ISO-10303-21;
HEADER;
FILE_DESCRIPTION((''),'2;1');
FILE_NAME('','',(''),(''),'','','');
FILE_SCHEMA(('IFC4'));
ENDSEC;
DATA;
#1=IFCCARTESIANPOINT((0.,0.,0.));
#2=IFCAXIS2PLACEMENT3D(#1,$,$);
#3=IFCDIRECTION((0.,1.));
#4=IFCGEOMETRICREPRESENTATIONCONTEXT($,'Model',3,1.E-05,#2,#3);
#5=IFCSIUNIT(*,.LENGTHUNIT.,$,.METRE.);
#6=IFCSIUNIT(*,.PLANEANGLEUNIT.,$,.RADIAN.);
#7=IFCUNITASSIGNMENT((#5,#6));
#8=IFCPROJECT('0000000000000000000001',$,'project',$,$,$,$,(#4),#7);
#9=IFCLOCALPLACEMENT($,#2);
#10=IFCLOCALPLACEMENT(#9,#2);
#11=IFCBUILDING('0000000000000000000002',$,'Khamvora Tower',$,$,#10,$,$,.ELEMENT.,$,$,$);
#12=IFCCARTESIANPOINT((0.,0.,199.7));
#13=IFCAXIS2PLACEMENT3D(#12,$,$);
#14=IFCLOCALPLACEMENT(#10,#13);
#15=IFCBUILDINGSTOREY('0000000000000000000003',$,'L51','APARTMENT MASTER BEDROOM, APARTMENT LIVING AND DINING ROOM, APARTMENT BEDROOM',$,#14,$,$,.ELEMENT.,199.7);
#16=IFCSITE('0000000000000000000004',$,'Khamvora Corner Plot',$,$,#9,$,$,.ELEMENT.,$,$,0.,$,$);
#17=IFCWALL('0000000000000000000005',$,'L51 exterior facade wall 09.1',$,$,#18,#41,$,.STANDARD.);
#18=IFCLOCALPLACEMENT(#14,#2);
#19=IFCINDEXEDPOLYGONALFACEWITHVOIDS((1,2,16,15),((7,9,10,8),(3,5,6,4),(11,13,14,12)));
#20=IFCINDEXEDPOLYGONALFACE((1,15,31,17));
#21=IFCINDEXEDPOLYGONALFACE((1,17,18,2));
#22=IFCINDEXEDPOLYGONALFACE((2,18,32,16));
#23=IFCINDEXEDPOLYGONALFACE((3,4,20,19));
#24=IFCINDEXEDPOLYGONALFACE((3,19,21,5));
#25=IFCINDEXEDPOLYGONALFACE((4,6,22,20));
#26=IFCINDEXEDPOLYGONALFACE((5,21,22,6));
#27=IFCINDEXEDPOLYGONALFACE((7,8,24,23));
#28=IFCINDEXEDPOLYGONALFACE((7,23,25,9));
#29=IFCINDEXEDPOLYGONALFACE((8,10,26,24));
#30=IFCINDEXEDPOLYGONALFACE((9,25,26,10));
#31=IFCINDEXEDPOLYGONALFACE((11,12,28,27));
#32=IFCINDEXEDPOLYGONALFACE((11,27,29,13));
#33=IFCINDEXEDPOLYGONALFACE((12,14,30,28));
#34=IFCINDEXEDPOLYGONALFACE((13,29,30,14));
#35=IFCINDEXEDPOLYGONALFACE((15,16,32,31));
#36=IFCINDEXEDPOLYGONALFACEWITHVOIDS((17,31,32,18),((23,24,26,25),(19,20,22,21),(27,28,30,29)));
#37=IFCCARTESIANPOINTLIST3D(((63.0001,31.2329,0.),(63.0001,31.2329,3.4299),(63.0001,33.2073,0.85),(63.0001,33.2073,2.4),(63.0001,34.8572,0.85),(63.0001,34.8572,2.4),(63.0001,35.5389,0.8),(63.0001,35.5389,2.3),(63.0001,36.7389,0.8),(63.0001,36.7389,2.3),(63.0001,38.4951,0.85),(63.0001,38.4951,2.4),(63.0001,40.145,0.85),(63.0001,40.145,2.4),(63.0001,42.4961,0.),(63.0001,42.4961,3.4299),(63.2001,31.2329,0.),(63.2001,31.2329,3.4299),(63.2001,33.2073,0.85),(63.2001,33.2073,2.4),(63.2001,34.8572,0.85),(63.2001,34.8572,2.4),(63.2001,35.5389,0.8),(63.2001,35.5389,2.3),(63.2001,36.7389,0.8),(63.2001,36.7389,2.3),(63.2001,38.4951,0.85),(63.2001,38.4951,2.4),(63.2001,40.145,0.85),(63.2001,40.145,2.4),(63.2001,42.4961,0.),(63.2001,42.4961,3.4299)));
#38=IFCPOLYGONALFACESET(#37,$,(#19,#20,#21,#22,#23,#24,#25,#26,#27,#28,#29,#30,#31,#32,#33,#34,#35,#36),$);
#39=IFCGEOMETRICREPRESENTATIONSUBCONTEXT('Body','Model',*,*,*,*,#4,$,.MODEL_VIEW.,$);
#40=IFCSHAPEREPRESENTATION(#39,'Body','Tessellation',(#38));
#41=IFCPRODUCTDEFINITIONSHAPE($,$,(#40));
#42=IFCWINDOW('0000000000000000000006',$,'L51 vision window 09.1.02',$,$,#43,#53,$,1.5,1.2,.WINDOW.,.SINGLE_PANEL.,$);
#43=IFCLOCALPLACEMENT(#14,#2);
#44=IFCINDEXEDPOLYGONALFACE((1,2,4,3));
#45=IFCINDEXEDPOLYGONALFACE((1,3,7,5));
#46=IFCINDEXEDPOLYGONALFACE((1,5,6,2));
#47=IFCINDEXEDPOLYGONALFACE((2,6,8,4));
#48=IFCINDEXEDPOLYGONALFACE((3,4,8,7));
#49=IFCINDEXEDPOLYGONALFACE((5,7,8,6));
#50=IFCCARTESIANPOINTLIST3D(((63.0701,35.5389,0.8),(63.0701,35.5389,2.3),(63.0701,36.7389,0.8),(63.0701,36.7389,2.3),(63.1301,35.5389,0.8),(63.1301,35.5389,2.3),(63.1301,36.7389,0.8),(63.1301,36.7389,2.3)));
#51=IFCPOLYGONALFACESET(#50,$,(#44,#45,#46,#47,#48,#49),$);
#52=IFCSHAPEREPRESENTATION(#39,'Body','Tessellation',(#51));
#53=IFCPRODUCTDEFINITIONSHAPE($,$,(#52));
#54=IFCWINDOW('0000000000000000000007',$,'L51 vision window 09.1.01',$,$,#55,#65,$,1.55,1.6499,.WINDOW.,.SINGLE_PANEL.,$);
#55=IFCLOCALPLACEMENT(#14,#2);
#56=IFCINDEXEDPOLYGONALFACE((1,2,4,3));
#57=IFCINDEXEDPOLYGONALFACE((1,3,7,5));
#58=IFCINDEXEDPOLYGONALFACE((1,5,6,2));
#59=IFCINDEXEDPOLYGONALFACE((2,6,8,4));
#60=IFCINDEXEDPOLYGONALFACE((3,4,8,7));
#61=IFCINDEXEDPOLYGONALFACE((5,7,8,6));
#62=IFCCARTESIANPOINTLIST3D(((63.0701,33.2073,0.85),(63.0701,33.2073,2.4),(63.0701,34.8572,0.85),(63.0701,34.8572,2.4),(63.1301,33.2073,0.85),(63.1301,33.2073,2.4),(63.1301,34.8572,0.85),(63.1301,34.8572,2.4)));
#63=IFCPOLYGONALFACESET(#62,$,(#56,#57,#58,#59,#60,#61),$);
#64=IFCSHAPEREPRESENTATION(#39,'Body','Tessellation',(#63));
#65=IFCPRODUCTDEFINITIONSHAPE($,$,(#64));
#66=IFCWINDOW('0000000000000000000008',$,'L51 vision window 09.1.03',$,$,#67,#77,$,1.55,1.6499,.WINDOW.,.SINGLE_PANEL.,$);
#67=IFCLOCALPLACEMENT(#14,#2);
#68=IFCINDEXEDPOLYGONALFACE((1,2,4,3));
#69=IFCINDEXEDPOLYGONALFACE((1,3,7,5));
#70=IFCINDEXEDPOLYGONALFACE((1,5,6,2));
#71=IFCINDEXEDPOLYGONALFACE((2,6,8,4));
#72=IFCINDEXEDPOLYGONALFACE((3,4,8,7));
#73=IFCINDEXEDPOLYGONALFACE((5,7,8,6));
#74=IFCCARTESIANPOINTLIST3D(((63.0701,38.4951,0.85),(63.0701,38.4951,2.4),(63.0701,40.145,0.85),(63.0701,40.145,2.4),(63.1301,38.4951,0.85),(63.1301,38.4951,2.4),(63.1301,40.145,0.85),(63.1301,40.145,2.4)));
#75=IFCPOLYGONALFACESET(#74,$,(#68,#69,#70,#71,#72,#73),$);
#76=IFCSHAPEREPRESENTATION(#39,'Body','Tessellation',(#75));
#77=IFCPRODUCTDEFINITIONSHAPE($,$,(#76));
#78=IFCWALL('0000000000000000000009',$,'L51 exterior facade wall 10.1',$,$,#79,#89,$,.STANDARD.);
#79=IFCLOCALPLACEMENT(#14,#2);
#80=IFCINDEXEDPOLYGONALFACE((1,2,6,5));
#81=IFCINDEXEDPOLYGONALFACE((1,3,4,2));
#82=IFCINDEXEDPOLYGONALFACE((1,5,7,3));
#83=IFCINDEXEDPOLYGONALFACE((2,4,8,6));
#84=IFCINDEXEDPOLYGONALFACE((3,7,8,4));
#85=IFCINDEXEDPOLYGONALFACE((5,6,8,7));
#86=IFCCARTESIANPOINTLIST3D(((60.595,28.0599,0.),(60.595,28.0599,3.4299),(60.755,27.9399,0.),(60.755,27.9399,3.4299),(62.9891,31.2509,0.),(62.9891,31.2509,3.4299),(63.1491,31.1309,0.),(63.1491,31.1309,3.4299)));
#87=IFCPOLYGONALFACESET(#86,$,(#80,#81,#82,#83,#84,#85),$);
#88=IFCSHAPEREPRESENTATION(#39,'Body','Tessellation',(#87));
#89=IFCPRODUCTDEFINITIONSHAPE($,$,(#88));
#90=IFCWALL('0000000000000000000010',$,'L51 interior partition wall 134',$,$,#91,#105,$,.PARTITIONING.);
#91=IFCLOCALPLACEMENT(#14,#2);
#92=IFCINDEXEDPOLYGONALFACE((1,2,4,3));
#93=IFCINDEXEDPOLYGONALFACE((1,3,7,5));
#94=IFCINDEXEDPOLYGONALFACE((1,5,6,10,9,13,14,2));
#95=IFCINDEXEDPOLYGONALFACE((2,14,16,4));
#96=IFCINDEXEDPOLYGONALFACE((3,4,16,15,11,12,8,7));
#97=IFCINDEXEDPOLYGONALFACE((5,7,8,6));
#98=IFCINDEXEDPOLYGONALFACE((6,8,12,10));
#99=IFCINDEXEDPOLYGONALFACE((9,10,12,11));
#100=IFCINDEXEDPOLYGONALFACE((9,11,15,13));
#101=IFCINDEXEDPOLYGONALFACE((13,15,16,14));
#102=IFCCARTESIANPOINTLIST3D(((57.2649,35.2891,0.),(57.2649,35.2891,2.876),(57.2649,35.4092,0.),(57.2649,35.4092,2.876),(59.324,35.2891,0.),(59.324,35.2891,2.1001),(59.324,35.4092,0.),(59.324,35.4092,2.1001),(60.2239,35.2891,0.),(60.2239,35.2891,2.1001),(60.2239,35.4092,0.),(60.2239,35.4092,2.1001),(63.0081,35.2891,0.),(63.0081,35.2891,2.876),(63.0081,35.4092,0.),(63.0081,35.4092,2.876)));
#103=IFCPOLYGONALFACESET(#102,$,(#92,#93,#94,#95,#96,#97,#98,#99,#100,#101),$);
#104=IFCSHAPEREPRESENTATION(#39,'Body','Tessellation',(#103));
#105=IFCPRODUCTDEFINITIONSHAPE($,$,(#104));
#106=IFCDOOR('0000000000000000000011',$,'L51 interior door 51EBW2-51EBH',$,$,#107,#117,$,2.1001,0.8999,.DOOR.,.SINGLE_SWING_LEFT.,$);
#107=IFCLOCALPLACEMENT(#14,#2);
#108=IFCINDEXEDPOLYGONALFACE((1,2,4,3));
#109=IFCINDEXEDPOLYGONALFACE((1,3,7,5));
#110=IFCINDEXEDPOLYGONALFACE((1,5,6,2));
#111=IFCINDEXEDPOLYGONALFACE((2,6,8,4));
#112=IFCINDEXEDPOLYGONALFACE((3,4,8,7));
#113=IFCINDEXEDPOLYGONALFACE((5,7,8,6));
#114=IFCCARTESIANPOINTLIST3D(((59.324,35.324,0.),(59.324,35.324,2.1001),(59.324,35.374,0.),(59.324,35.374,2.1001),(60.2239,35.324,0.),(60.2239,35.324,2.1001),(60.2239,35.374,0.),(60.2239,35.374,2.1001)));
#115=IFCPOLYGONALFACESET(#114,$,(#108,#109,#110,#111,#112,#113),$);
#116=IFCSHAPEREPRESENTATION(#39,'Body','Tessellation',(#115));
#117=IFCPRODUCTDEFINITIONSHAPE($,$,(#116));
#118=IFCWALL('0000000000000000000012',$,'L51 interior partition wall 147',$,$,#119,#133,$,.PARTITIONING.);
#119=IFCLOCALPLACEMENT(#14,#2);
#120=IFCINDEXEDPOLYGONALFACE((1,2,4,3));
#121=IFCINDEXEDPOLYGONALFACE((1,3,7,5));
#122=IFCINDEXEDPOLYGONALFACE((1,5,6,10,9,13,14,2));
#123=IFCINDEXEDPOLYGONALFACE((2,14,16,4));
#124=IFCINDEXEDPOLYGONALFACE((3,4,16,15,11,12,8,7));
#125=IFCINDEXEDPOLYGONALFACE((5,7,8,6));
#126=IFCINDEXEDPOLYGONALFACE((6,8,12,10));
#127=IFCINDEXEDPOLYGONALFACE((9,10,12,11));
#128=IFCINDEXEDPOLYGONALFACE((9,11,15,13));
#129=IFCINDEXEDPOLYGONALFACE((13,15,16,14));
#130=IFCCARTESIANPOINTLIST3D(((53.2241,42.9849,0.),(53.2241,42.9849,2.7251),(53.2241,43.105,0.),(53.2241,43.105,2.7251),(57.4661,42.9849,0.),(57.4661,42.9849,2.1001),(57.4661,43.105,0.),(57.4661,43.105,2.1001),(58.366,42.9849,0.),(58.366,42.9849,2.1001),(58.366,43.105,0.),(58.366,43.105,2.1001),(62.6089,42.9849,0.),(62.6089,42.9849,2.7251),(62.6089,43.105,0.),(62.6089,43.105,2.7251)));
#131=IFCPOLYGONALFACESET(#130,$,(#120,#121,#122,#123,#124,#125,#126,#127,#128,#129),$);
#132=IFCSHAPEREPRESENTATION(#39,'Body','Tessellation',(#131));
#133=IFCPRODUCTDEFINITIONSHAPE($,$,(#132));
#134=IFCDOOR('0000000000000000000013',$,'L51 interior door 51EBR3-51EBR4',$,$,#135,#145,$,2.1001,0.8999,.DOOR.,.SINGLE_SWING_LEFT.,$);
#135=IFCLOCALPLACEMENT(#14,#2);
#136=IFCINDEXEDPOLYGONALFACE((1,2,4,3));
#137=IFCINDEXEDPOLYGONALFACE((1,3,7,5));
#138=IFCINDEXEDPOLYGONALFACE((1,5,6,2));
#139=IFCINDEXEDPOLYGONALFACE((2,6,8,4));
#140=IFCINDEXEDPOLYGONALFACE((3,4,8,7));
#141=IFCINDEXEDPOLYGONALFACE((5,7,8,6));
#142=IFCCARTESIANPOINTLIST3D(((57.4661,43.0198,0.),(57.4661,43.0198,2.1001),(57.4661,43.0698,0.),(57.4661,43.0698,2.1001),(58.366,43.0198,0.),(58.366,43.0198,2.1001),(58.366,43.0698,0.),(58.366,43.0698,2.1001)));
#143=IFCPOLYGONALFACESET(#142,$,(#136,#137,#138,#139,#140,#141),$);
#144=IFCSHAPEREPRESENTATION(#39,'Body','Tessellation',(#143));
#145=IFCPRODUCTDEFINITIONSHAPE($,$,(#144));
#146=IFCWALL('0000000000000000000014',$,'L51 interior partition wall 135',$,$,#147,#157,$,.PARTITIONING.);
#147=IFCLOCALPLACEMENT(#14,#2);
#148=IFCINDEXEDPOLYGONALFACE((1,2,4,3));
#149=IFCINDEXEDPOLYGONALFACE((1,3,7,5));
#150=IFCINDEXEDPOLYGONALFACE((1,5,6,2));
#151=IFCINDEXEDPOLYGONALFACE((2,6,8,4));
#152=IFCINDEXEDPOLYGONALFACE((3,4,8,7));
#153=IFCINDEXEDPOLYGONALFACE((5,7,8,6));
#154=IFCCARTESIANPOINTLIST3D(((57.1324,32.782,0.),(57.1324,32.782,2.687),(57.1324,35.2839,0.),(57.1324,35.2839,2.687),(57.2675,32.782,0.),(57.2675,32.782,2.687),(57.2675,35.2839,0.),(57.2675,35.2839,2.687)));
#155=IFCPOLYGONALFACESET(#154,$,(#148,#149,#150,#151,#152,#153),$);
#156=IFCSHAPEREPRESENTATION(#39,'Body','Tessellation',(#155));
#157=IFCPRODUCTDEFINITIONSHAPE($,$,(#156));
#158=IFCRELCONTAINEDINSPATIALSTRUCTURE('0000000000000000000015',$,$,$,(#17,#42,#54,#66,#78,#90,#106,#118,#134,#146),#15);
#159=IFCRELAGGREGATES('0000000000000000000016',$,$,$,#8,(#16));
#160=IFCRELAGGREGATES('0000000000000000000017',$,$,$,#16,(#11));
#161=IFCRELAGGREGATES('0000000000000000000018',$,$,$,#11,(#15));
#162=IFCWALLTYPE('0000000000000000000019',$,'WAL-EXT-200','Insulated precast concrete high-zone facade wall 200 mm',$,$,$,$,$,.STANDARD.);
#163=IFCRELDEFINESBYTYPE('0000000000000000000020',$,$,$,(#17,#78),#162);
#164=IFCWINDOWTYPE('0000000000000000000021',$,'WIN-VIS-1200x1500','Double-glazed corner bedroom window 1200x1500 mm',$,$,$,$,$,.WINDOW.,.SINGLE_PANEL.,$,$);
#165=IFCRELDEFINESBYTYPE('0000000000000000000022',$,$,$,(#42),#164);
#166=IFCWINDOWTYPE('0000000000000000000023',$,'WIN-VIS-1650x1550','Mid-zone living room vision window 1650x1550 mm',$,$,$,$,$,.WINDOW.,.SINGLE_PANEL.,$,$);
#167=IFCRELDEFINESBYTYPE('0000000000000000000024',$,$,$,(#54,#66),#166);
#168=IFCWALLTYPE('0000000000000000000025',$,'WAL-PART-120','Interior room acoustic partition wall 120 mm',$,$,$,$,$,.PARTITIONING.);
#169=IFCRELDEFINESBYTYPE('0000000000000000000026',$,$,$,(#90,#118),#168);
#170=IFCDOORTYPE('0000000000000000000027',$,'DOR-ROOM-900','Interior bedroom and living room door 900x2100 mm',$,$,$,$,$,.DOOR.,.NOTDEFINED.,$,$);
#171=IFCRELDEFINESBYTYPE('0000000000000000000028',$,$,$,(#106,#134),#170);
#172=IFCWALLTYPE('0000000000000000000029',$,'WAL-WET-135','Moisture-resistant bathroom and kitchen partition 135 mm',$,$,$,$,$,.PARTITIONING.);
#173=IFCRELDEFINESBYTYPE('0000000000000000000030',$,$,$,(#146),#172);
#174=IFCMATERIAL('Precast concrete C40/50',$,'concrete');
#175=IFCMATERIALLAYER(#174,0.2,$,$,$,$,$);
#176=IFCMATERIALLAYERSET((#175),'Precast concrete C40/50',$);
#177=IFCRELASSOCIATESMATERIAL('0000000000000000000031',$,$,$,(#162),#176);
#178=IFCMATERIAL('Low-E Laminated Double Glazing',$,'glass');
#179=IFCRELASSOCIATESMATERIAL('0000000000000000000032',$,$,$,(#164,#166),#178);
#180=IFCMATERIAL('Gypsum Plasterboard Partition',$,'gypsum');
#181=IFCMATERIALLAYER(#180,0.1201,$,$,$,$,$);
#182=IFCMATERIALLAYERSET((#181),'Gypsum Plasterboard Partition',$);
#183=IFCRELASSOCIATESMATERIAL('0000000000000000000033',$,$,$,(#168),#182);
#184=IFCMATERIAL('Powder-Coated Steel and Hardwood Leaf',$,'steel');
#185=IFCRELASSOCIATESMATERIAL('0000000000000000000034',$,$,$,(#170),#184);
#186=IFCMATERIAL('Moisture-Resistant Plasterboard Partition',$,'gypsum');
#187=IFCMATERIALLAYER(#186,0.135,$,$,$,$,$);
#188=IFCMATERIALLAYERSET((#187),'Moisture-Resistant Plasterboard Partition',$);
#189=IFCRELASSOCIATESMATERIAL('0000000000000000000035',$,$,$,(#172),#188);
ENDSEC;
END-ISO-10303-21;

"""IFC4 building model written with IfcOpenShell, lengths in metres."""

from ifc_helpers import new_model, si_unit, direction, frame, frame_2d, origin, place, context, subcontext, project, spatial, rectangle, extrude, material, layer, layer_set, type_object, element, fill, save


model = new_model("IFC4")

# Units and contexts
model_context = context("Model", 3, precision=1e-05, world=origin(), true_north=direction((0.0, 1.0)))
body_context = subcontext(model_context, "Body", "Model", "MODEL_VIEW")
ifc_project = project(units=[si_unit("LENGTHUNIT", "METRE"), si_unit("PLANEANGLEUNIT", "RADIAN")], contexts=[model_context])

# Site, building, storey
site_placement = place(None, origin())
site = spatial("IfcSite", under=ifc_project, at=site_placement, Name="Khamvora Corner Plot", CompositionType="ELEMENT", RefElevation=0.0)
building_placement = place(site_placement, origin())
building = spatial("IfcBuilding", under=site, at=building_placement, Name="Khamvora Tower", CompositionType="ELEMENT")
storey_placement = place(building_placement, frame((0.0, 0.0, 199.7)))
storey = spatial("IfcBuildingStorey", under=building, at=storey_placement, Name="L51", Description="APARTMENT MASTER BEDROOM, APARTMENT LIVING AND DINING ROOM, APARTMENT BEDROOM", CompositionType="ELEMENT", Elevation=199.7)

# Shared definitions
ifc_material_1 = material(Name="Powder-Coated Steel and Hardwood Leaf", Category="steel")

# Shared definitions
ifc_material_2 = material(Name="Precast concrete C40/50", Category="concrete")
ifc_layer_1 = layer(ifc_material_2, 0.2)
ifc_layer_set_1 = layer_set([ifc_layer_1], Name="Precast concrete C40/50")
wall_type_1 = type_object("IfcWallType", Name="WAL-EXT-200", Description="Insulated precast concrete high-zone facade wall 200 mm", PredefinedType="STANDARD", material=ifc_layer_set_1)

# Wall, openings, windows
wall_1_placement = place(storey_placement, frame((63.1001, 42.4961, 0.0), z_axis=(0.0, 0.0, 1.0), x_axis=(0.0, -1.0, 0.0)))
wall_1 = element("IfcWall", 1, at=wall_1_placement, inside=storey, type_object=wall_type_1, Name="L51 exterior facade wall 09.1", PredefinedType="STANDARD", context=body_context, shape_type="SweptSolid", body=[
    extrude(rectangle(XDim=11.2632, YDim=0.2, at=frame_2d((5.6316, 0.0))), origin(), (0.0, 0.0, 1.0), 3.4299),
])
opening_1_placement = place(wall_1_placement, frame((7.6389, 0.0, 0.8501)))
opening_1 = element("IfcOpeningElement", 2, at=opening_1_placement, cuts=wall_1, PredefinedType="OPENING", context=body_context, shape_type="SweptSolid", body=[
    extrude(rectangle(XDim=1.6499, YDim=1.55, at=frame_2d((0.825, 0.7749))), frame((0.0, 0.1099, 0.0), z_axis=(0.0, -1.0, 0.0), x_axis=(1.0, 0.0, 0.0)), (0.0, 0.0, 1.0), 0.22),
])
opening_2_placement = place(wall_1_placement, frame((5.7571, 0.0, 0.8)))
opening_2 = element("IfcOpeningElement", 3, at=opening_2_placement, cuts=wall_1, PredefinedType="OPENING", context=body_context, shape_type="SweptSolid", body=[
    extrude(rectangle(XDim=1.2, YDim=1.5, at=frame_2d((0.6001, 0.75))), frame((0.0, 0.1099, 0.0), z_axis=(0.0, -1.0, 0.0), x_axis=(1.0, 0.0, 0.0)), (0.0, 0.0, 1.0), 0.22),
])
opening_3_placement = place(wall_1_placement, frame((2.3511, 0.0, 0.8501)))
opening_3 = element("IfcOpeningElement", 4, at=opening_3_placement, cuts=wall_1, PredefinedType="OPENING", context=body_context, shape_type="SweptSolid", body=[
    extrude(rectangle(XDim=1.6499, YDim=1.55, at=frame_2d((0.825, 0.7749))), frame((0.0, 0.1099, 0.0), z_axis=(0.0, -1.0, 0.0), x_axis=(1.0, 0.0, 0.0)), (0.0, 0.0, 1.0), 0.22),
])
ifc_material_3 = material(Name="Low-E Laminated Double Glazing", Category="glass")
window_type_1 = type_object("IfcWindowType", Name="WIN-VIS-1200x1500", Description="Double-glazed corner bedroom window 1200x1500 mm", PartitioningType="SINGLE_PANEL", PredefinedType="WINDOW", material=ifc_material_3)
window_1_placement = place(opening_2_placement, origin())
window_1 = element("IfcWindow", 5, at=window_1_placement, inside=storey, type_object=window_type_1, Name="L51 vision window 09.1.02", OverallHeight=1.5, OverallWidth=1.2, PartitioningType="SINGLE_PANEL", PredefinedType="WINDOW", context=body_context, shape_type="SweptSolid", body=[
    extrude(rectangle(XDim=1.2, YDim=1.5, at=frame_2d((0.6001, 0.75))), frame((0.0, 0.03, 0.0), z_axis=(0.0, -1.0, 0.0), x_axis=(1.0, 0.0, 0.0)), (0.0, 0.0, 1.0), 0.0601),
])
fill(opening_2, window_1)
window_type_2 = type_object("IfcWindowType", Name="WIN-VIS-1650x1550", Description="Mid-zone living room vision window 1650x1550 mm", PartitioningType="SINGLE_PANEL", PredefinedType="WINDOW", material=ifc_material_3)
window_2_placement = place(opening_1_placement, origin())
window_2 = element("IfcWindow", 6, at=window_2_placement, inside=storey, type_object=window_type_2, Name="L51 vision window 09.1.01", OverallHeight=1.55, OverallWidth=1.6499, PartitioningType="SINGLE_PANEL", PredefinedType="WINDOW", context=body_context, shape_type="SweptSolid", body=[
    extrude(rectangle(XDim=1.6499, YDim=1.55, at=frame_2d((0.825, 0.7749))), frame((0.0, 0.03, 0.0), z_axis=(0.0, -1.0, 0.0), x_axis=(1.0, 0.0, 0.0)), (0.0, 0.0, 1.0), 0.0601),
])
fill(opening_1, window_2)
window_3_placement = place(opening_3_placement, origin())
window_3 = element("IfcWindow", 7, at=window_3_placement, inside=storey, type_object=window_type_2, Name="L51 vision window 09.1.03", OverallHeight=1.55, OverallWidth=1.6499, PartitioningType="SINGLE_PANEL", PredefinedType="WINDOW", context=body_context, shape_type="SweptSolid", body=[
    extrude(rectangle(XDim=1.6499, YDim=1.55, at=frame_2d((0.825, 0.7749))), frame((0.0, 0.03, 0.0), z_axis=(0.0, -1.0, 0.0), x_axis=(1.0, 0.0, 0.0)), (0.0, 0.0, 1.0), 0.0601),
])
fill(opening_3, window_3)

# Wall
wall_2_placement = place(storey_placement, frame((63.0691, 31.1909, 0.0), z_axis=(0.0, 0.0, 1.0), x_axis=(-0.600137, -0.799897, 0.0)))
element("IfcWall", 8, at=wall_2_placement, inside=storey, type_object=wall_type_1, Name="L51 exterior facade wall 10.1", PredefinedType="STANDARD", context=body_context, shape_type="SweptSolid", body=[
    extrude(rectangle(XDim=3.9893, YDim=0.2, at=frame_2d((1.9946, 0.0))), origin(), (0.0, 0.0, 1.0), 3.4299),
])

# Walls, openings, doors
ifc_material_4 = material(Name="Gypsum Plasterboard Partition", Category="gypsum")
ifc_layer_2 = layer(ifc_material_4, 0.1201)
ifc_layer_set_2 = layer_set([ifc_layer_2], Name="Gypsum Plasterboard Partition")
wall_type_2 = type_object("IfcWallType", Name="WAL-PART-120", Description="Interior room acoustic partition wall 120 mm", PredefinedType="PARTITIONING", material=ifc_layer_set_2)
wall_3_placement = place(storey_placement, frame((57.2649, 35.3491, 0.0), z_axis=(0.0, 0.0, 1.0), x_axis=(1.0, 0.0, 0.0)))
wall_3 = element("IfcWall", 9, at=wall_3_placement, inside=storey, type_object=wall_type_2, Name="L51 interior partition wall 134", PredefinedType="PARTITIONING", context=body_context, shape_type="SweptSolid", body=[
    extrude(rectangle(XDim=5.7432, YDim=0.1201, at=frame_2d((2.8716, 0.0))), origin(), (0.0, 0.0, 1.0), 2.876),
])
opening_4_placement = place(wall_3_placement, frame((2.0591, 0.0, 0.0)))
opening_4 = element("IfcOpeningElement", 10, at=opening_4_placement, cuts=wall_3, PredefinedType="OPENING", context=body_context, shape_type="SweptSolid", body=[
    extrude(rectangle(XDim=0.8999, YDim=2.1001, at=frame_2d((0.45, 1.05))), frame((0.0, 0.0701, 0.0), z_axis=(0.0, -1.0, 0.0), x_axis=(1.0, 0.0, 0.0)), (0.0, 0.0, 1.0), 0.1401),
])
door_type_1 = type_object("IfcDoorType", Name="DOR-ROOM-900", Description="Interior bedroom and living room door 900x2100 mm", OperationType="NOTDEFINED", PredefinedType="DOOR", material=ifc_material_1)
door_1_placement = place(opening_4_placement, origin())
door_1 = element("IfcDoor", 11, at=door_1_placement, inside=storey, type_object=door_type_1, Name="L51 interior door 51EBW2-51EBH", OperationType="SINGLE_SWING_LEFT", OverallHeight=2.1001, OverallWidth=0.8999, PredefinedType="DOOR", context=body_context, shape_type="SweptSolid", body=[
    extrude(rectangle(XDim=0.8999, YDim=2.1001, at=frame_2d((0.45, 1.05))), frame((0.0, 0.0249, 0.0), z_axis=(0.0, -1.0, 0.0), x_axis=(1.0, 0.0, 0.0)), (0.0, 0.0, 1.0), 0.05),
])
fill(opening_4, door_1)
wall_4_placement = place(storey_placement, frame((53.2241, 43.0449, 0.0), z_axis=(0.0, 0.0, 1.0), x_axis=(1.0, 0.0, 0.0)))
wall_4 = element("IfcWall", 12, at=wall_4_placement, inside=storey, type_object=wall_type_2, Name="L51 interior partition wall 147", PredefinedType="PARTITIONING", context=body_context, shape_type="SweptSolid", body=[
    extrude(rectangle(XDim=9.3848, YDim=0.1201, at=frame_2d((4.6924, 0.0))), origin(), (0.0, 0.0, 1.0), 2.7251),
])
opening_5_placement = place(wall_4_placement, frame((4.2419, 0.0, 0.0)))
opening_5 = element("IfcOpeningElement", 13, at=opening_5_placement, cuts=wall_4, PredefinedType="OPENING", context=body_context, shape_type="SweptSolid", body=[
    extrude(rectangle(XDim=0.8999, YDim=2.1001, at=frame_2d((0.45, 1.05))), frame((0.0, 0.0701, 0.0), z_axis=(0.0, -1.0, 0.0), x_axis=(1.0, 0.0, 0.0)), (0.0, 0.0, 1.0), 0.1401),
])
door_2_placement = place(opening_5_placement, origin())
door_2 = element("IfcDoor", 14, at=door_2_placement, inside=storey, type_object=door_type_1, Name="L51 interior door 51EBR3-51EBR4", OperationType="SINGLE_SWING_LEFT", OverallHeight=2.1001, OverallWidth=0.8999, PredefinedType="DOOR", context=body_context, shape_type="SweptSolid", body=[
    extrude(rectangle(XDim=0.8999, YDim=2.1001, at=frame_2d((0.45, 1.05))), frame((0.0, 0.0249, 0.0), z_axis=(0.0, -1.0, 0.0), x_axis=(1.0, 0.0, 0.0)), (0.0, 0.0, 1.0), 0.05),
])
fill(opening_5, door_2)

# Wall
ifc_material_5 = material(Name="Moisture-Resistant Plasterboard Partition", Category="gypsum")
ifc_layer_3 = layer(ifc_material_5, 0.135)
ifc_layer_set_3 = layer_set([ifc_layer_3], Name="Moisture-Resistant Plasterboard Partition")
wall_type_3 = type_object("IfcWallType", Name="WAL-WET-135", Description="Moisture-resistant bathroom and kitchen partition 135 mm", PredefinedType="PARTITIONING", material=ifc_layer_set_3)
wall_5_placement = place(storey_placement, frame((57.2, 32.782, 0.0), z_axis=(0.0, 0.0, 1.0), x_axis=(0.0, 1.0, 0.0)))
element("IfcWall", 15, at=wall_5_placement, inside=storey, type_object=wall_type_3, Name="L51 interior partition wall 135", PredefinedType="PARTITIONING", context=body_context, shape_type="SweptSolid", body=[
    extrude(rectangle(XDim=2.502, YDim=0.135, at=frame_2d((1.251, 0.0))), origin(), (0.0, 0.0, 1.0), 2.687),
])

save(model, "model.ifc")
